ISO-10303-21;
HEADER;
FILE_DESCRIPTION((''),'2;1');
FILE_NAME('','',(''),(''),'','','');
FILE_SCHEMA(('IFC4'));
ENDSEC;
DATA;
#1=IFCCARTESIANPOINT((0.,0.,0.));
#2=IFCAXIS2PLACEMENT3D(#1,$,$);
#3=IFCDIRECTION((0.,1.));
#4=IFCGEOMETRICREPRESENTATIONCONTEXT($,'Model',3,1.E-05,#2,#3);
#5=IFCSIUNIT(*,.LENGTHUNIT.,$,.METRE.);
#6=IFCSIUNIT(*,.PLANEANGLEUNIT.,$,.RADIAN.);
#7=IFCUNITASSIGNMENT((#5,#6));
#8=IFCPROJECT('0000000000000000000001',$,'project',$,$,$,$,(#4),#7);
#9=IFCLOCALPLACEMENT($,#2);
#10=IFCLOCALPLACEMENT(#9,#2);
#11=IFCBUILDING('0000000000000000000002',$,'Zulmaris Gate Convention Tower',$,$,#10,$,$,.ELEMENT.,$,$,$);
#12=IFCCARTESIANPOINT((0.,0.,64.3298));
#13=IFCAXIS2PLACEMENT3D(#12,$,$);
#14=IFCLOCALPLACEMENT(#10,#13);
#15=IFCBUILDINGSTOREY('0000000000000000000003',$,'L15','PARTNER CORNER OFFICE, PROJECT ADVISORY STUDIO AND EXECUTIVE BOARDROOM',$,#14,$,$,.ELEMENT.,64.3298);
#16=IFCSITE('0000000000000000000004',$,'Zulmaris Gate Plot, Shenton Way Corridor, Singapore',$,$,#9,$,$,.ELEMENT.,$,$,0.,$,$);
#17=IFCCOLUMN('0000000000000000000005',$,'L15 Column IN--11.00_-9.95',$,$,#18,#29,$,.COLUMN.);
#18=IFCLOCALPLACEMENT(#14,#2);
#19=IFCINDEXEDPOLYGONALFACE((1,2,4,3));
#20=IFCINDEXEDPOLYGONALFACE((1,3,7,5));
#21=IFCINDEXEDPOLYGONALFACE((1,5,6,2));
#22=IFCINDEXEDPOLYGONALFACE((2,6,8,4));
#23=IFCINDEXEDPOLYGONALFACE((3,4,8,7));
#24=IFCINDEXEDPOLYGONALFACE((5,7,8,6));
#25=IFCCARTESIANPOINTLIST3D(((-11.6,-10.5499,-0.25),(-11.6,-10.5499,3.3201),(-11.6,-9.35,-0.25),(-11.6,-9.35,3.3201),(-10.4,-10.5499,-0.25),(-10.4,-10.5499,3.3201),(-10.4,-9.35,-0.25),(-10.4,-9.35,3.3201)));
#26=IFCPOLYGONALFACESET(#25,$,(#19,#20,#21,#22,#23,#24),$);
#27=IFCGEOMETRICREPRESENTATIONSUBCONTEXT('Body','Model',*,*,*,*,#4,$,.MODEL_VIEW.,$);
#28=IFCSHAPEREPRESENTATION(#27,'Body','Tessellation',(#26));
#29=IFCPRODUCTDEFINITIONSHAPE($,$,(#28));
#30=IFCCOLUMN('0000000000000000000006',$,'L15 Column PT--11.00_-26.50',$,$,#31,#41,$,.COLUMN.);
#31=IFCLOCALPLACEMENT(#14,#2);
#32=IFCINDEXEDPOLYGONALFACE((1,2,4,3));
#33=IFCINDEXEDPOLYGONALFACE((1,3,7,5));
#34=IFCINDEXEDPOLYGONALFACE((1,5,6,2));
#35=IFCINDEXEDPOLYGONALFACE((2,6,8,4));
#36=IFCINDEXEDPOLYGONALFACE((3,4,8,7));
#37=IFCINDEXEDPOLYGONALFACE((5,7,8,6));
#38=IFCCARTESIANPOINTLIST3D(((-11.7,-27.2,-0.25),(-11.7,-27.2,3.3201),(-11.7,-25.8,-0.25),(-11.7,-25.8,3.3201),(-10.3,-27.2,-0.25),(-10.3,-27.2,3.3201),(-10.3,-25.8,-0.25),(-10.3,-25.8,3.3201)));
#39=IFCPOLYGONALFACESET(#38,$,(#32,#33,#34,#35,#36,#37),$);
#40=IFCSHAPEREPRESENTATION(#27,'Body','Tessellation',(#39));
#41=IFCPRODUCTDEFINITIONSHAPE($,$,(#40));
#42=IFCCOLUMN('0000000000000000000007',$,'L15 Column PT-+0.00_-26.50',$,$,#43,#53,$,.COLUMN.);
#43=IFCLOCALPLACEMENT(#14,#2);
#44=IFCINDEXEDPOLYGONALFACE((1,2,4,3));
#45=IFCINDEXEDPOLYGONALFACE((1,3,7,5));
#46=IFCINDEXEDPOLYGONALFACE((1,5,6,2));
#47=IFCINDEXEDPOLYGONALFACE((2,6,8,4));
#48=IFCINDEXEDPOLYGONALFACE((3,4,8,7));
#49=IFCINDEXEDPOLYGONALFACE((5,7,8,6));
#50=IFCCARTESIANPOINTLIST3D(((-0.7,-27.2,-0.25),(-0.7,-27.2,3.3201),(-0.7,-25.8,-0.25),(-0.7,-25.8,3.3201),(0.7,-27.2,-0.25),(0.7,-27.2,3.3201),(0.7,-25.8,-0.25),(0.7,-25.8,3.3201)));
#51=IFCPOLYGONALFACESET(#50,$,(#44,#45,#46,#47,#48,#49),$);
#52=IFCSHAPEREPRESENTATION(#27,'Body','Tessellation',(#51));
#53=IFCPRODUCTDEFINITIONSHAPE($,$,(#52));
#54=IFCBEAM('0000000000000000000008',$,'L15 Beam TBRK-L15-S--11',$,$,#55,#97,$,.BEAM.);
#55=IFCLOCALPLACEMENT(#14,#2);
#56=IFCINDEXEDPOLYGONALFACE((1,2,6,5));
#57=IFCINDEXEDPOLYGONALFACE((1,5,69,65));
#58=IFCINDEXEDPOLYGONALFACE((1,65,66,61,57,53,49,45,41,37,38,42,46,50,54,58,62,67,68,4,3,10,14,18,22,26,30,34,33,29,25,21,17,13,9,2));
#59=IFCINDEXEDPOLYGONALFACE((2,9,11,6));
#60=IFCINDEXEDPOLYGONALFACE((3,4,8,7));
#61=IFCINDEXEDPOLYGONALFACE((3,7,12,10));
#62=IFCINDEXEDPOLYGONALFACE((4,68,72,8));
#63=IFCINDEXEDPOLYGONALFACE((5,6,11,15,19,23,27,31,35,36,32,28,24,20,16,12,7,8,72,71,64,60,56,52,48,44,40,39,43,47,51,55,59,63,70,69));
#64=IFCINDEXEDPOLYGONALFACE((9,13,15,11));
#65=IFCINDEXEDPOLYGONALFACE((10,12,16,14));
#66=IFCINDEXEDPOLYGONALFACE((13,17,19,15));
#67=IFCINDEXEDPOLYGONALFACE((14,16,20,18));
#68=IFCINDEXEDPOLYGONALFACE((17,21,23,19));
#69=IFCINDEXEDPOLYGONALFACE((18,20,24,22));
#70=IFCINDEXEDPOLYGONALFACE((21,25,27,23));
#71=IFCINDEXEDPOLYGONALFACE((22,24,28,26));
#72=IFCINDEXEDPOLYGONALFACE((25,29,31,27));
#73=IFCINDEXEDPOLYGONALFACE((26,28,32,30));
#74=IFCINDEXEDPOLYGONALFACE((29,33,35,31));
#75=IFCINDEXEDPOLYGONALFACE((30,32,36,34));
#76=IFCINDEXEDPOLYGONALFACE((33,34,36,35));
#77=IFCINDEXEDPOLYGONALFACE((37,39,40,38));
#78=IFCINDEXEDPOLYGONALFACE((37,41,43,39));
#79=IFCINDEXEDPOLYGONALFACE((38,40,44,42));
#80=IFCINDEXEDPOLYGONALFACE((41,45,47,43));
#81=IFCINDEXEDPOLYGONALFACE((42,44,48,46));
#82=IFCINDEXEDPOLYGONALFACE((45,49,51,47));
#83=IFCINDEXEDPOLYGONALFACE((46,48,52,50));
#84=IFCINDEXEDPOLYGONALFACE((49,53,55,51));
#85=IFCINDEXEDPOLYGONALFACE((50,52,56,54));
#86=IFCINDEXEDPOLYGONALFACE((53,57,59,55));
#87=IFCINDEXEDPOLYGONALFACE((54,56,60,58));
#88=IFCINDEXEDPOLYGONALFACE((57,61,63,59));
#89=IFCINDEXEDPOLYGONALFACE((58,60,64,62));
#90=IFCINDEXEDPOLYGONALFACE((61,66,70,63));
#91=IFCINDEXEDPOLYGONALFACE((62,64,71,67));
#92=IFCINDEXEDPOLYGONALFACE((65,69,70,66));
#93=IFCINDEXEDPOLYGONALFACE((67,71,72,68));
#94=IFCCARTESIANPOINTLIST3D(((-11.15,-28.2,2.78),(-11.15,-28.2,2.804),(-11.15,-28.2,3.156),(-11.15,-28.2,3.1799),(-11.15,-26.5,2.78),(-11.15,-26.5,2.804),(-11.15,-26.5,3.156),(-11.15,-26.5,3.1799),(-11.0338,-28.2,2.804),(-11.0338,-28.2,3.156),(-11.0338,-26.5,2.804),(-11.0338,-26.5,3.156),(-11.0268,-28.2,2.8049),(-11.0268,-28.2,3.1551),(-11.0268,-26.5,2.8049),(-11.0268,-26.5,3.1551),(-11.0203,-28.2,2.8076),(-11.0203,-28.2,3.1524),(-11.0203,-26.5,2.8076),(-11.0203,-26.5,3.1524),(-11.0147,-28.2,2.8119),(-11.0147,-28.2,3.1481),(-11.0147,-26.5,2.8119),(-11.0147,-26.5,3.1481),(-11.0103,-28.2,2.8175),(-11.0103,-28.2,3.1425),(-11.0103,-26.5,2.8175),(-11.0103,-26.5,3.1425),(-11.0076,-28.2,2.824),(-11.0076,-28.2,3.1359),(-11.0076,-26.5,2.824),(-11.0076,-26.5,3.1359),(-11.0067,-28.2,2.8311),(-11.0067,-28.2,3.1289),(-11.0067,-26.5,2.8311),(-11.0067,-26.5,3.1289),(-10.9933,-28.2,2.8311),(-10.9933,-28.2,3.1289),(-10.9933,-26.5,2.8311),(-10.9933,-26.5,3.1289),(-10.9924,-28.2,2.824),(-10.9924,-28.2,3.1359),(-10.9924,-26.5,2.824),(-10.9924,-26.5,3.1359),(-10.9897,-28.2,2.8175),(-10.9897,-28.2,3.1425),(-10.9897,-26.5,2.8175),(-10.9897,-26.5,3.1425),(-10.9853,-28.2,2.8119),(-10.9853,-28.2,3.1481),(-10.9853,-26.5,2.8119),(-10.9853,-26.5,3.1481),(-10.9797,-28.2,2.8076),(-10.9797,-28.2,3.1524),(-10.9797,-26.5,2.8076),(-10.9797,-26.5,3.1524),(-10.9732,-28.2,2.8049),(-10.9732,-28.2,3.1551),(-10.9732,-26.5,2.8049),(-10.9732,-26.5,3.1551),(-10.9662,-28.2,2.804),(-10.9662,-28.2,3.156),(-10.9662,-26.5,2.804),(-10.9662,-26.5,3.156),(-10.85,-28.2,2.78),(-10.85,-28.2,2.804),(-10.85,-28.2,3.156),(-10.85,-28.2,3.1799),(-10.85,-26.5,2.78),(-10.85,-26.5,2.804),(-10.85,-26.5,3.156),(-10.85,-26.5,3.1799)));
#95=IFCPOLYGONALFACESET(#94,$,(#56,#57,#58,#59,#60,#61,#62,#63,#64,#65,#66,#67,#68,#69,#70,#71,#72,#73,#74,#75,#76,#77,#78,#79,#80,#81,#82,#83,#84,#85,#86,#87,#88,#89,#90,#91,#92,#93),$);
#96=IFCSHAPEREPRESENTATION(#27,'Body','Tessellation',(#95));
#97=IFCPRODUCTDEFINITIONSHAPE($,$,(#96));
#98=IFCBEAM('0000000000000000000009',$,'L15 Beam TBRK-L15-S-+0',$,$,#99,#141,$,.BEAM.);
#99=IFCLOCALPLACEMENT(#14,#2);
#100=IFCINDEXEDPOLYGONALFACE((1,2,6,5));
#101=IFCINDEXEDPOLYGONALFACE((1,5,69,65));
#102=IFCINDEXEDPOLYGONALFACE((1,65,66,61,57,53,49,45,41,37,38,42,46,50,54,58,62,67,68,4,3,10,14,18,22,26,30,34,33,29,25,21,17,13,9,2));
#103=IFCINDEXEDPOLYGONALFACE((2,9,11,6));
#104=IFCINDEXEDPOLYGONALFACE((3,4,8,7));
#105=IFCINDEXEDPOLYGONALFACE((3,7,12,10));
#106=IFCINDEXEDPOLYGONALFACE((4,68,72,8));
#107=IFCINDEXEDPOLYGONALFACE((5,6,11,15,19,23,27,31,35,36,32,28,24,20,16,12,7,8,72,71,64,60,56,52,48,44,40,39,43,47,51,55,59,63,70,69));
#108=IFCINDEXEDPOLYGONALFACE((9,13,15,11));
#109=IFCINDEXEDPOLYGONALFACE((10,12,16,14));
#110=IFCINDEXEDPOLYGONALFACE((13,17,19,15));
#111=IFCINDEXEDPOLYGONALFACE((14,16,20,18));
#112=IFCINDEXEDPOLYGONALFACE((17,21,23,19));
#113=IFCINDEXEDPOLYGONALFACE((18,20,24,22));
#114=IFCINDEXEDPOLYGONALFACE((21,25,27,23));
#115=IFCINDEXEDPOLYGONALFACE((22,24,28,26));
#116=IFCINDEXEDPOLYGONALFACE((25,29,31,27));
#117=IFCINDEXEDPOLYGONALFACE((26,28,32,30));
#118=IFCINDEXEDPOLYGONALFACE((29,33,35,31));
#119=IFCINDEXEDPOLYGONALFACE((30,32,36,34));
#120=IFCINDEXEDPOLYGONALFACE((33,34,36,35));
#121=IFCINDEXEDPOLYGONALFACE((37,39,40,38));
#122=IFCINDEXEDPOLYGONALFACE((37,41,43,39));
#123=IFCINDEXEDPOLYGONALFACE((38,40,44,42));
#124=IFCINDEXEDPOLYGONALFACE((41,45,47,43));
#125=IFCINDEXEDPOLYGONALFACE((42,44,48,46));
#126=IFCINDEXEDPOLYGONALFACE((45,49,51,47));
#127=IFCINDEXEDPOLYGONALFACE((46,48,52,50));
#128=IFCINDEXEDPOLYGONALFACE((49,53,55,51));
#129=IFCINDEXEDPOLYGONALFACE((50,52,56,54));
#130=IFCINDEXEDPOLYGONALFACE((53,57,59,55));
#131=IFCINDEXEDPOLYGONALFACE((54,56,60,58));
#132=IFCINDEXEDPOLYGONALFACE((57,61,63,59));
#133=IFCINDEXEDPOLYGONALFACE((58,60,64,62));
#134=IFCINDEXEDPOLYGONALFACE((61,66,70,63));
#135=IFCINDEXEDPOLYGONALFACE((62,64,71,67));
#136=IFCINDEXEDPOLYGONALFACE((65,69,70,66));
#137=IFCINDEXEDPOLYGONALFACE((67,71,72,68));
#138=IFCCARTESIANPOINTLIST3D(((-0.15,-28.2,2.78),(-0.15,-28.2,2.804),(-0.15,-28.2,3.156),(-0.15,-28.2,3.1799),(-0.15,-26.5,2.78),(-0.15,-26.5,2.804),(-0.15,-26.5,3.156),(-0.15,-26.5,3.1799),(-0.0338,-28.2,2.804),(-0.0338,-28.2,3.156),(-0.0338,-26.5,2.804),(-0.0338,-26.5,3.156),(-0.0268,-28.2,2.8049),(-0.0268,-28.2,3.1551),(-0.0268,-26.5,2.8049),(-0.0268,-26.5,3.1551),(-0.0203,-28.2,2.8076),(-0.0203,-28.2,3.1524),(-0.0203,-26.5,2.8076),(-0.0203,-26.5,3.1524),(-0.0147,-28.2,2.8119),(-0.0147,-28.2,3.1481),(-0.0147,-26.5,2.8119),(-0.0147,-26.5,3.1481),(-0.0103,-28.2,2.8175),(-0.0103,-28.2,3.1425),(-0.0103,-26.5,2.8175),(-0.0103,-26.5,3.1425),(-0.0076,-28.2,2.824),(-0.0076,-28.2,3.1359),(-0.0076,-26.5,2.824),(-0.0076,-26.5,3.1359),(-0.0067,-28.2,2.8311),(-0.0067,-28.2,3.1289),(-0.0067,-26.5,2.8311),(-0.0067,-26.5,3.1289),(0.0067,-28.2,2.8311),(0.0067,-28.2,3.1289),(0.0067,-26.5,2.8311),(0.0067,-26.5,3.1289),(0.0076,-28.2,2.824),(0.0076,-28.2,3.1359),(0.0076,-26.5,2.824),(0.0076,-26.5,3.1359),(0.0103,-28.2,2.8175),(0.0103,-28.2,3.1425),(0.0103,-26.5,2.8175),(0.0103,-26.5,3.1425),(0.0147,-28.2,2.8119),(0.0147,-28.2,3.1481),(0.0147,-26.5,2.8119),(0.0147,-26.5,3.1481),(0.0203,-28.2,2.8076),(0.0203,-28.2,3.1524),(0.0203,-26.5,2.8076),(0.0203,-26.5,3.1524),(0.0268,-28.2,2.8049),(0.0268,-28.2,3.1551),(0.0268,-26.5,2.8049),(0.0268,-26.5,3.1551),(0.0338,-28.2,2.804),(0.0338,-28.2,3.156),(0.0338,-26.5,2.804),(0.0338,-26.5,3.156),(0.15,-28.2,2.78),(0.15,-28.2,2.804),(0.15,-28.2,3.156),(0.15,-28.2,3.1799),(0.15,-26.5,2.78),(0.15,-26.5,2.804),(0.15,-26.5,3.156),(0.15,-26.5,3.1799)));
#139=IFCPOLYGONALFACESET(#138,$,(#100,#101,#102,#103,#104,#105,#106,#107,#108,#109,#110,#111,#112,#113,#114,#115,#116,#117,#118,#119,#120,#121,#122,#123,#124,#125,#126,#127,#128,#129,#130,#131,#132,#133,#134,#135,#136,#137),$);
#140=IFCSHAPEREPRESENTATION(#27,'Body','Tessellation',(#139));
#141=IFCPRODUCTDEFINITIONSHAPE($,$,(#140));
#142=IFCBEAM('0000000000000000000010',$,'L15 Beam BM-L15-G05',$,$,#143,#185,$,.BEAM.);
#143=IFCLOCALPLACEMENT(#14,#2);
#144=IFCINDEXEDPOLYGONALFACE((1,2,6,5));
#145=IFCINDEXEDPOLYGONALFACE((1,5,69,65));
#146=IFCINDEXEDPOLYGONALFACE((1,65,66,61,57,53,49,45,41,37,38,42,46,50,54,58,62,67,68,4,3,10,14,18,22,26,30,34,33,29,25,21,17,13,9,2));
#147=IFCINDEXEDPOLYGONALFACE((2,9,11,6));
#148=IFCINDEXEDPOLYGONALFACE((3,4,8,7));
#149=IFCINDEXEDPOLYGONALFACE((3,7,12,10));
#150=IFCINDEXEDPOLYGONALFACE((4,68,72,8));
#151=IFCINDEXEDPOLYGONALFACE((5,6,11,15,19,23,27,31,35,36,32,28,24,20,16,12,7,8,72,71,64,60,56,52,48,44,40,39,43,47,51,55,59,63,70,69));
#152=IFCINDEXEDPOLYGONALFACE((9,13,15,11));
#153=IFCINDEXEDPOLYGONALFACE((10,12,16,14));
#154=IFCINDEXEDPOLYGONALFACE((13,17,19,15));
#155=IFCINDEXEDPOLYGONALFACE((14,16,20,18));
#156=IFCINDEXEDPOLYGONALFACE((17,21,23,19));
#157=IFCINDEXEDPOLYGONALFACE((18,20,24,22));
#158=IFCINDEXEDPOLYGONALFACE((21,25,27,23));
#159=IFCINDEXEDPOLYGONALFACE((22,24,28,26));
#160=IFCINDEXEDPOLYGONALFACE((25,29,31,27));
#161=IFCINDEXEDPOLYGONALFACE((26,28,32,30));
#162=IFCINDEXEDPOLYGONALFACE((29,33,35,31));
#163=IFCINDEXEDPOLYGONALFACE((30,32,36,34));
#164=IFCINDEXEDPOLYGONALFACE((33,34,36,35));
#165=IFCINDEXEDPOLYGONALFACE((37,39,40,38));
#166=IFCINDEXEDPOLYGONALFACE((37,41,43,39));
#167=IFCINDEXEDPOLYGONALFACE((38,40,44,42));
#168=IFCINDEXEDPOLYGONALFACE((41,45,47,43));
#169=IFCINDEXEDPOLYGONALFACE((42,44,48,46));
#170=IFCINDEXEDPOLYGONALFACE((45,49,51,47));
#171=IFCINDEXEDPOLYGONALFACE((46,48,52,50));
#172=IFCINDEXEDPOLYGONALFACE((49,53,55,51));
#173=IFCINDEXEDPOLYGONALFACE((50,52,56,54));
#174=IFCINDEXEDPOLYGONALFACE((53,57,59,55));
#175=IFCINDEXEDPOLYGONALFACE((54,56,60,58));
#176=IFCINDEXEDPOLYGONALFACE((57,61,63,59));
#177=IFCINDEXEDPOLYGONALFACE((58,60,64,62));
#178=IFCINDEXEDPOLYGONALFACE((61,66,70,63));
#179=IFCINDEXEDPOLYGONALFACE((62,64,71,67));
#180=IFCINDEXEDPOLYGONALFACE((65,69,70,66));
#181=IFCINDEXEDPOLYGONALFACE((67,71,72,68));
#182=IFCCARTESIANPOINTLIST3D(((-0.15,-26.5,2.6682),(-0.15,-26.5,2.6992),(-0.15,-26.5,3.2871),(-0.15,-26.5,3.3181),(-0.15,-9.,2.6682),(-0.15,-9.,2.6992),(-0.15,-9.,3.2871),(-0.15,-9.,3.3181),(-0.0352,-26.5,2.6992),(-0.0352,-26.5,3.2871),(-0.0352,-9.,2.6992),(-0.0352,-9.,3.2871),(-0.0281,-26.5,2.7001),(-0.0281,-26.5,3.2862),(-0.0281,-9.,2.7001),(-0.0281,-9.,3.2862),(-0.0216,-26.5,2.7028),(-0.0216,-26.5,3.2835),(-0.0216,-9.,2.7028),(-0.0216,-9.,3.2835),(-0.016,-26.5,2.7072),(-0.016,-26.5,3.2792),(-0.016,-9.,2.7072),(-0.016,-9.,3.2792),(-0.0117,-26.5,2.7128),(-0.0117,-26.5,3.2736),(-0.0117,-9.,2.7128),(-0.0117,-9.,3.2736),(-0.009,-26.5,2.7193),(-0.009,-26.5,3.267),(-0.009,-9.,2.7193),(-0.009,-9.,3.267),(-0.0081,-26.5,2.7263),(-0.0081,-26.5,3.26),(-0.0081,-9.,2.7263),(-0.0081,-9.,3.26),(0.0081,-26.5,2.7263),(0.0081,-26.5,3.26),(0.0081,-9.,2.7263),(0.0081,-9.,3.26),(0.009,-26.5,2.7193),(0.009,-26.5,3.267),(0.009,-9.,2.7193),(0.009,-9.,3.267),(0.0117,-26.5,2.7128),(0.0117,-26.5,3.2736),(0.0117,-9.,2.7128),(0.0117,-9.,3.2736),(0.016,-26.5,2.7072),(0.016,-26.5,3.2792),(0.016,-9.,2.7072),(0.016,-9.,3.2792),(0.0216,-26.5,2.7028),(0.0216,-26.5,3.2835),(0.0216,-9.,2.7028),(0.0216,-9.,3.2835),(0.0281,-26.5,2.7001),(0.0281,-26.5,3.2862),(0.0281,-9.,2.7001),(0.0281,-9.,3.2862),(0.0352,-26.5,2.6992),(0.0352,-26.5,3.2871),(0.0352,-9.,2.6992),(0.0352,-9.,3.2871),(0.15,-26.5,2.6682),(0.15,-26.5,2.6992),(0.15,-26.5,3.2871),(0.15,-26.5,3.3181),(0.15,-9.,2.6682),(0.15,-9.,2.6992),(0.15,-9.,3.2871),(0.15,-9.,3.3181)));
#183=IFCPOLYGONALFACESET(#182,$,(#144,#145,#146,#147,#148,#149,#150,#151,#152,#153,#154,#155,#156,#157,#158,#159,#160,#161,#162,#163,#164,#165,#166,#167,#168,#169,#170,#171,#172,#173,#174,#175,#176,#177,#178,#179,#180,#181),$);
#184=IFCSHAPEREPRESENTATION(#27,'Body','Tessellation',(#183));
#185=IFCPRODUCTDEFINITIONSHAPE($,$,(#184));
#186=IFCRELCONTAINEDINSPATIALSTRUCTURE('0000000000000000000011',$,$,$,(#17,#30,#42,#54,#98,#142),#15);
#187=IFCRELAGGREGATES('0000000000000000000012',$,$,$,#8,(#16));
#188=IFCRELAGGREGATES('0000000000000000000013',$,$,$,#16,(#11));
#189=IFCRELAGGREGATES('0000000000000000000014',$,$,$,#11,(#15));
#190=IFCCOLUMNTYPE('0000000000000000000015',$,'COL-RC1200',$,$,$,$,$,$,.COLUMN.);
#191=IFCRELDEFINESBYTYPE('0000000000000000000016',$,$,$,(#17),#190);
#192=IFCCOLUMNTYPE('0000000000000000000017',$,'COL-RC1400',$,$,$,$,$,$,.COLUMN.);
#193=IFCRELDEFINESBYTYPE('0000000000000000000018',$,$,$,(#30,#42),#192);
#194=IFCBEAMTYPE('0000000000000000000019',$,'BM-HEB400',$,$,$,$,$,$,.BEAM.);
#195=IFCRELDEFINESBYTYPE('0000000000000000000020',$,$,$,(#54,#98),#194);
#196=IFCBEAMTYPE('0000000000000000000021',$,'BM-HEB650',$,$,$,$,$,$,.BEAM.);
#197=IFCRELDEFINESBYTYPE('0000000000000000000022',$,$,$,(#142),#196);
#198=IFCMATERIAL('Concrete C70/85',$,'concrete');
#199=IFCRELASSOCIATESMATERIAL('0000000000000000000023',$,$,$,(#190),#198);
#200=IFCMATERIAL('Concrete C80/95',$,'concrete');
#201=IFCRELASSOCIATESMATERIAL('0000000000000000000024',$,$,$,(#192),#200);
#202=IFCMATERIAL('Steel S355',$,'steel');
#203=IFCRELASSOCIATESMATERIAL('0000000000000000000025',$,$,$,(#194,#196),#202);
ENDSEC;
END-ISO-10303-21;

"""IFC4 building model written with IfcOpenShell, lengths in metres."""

from ifc_helpers import new_model, si_unit, direction, frame, origin, origin_2d, place, context, subcontext, project, spatial, rectangle, i_section, extrude, material, material_profile, profile_set, type_object, element, save


model = new_model("IFC4")

# Units and contexts
model_context = context("Model", 3, precision=1e-05, world=origin(), true_north=direction((0.0, 1.0)))
body_context = subcontext(model_context, "Body", "Model", "MODEL_VIEW")
ifc_project = project(units=[si_unit("LENGTHUNIT", "METRE"), si_unit("PLANEANGLEUNIT", "RADIAN")], contexts=[model_context])

# Site, building, storey
site_placement = place(None, origin())
site = spatial("IfcSite", under=ifc_project, at=site_placement, Name="Zulmaris Gate Plot, Shenton Way Corridor, Singapore", CompositionType="ELEMENT", RefElevation=0.0)
building_placement = place(site_placement, origin())
building = spatial("IfcBuilding", under=site, at=building_placement, Name="Zulmaris Gate Convention Tower", CompositionType="ELEMENT")
storey_placement = place(building_placement, frame((0.0, 0.0, 64.3298)))
storey = spatial("IfcBuildingStorey", under=building, at=storey_placement, Name="L15", Description="PARTNER CORNER OFFICE, PROJECT ADVISORY STUDIO AND EXECUTIVE BOARDROOM", CompositionType="ELEMENT", Elevation=64.3298)

# Columns
ifc_material_1 = material(Name="Concrete C70/85", Category="concrete")
ifc_material_profile_1 = material_profile(ifc_material_1, rectangle(XDim=1.2, YDim=1.2, at=origin_2d()), Name="RC COL 1200x1200")
ifc_profile_set_1 = profile_set([ifc_material_profile_1], Name="Concrete C70/85")
column_type_1 = type_object("IfcColumnType", Name="COL-RC1200", PredefinedType="COLUMN", material=ifc_profile_set_1)
column_placement = place(storey_placement, frame((-11.0, -9.95, -0.25), z_axis=(0.0, 0.0, 1.0), x_axis=(1.0, 0.0, 0.0)))
element("IfcColumn", 1, at=column_placement, inside=storey, type_object=column_type_1, Name="L15 Column IN--11.00_-9.95", PredefinedType="COLUMN", context=body_context, shape_type="SweptSolid", body=[
    extrude(rectangle(XDim=1.2, YDim=1.2, at=origin_2d()), origin(), (0.0, 0.0, 1.0), 3.5701),
])
ifc_material_2 = material(Name="Concrete C80/95", Category="concrete")
ifc_material_profile_2 = material_profile(ifc_material_2, rectangle(XDim=1.3999, YDim=1.3999, at=origin_2d()), Name="RC COL 1400x1400")
ifc_profile_set_2 = profile_set([ifc_material_profile_2], Name="Concrete C80/95")
column_type_2 = type_object("IfcColumnType", Name="COL-RC1400", PredefinedType="COLUMN", material=ifc_profile_set_2)
for number, where, z_axis, x_axis, name in (
    (2, (-11.0, -26.5, -0.25), (0.0, 0.0, 1.0), (1.0, 0.0, 0.0), "L15 Column PT--11.00_-26.50"),
    (3, (0.0, -26.5, -0.25), (0.0, 0.0, 1.0), (1.0, 0.0, 0.0), "L15 Column PT-+0.00_-26.50"),
):
    element("IfcColumn", number, at=place(storey_placement, frame(where, z_axis=z_axis, x_axis=x_axis)), inside=storey, type_object=column_type_2, Name=name, PredefinedType="COLUMN", context=body_context, shape_type="SweptSolid", body=[
        extrude(rectangle(XDim=1.3999, YDim=1.3999, at=origin_2d()), origin(), (0.0, 0.0, 1.0), 3.5701),
    ])

# Beams
ifc_material_3 = material(Name="Steel S355", Category="steel")
ifc_material_profile_3 = material_profile(ifc_material_3, i_section(OverallWidth=0.3, OverallDepth=0.3999, WebThickness=0.0134, FlangeThickness=0.0239, FilletRadius=0.0271, at=origin_2d()), Name="HEB 400")
ifc_profile_set_3 = profile_set([ifc_material_profile_3], Name="Steel S355")
beam_type_1 = type_object("IfcBeamType", Name="BM-HEB400", PredefinedType="BEAM", material=ifc_profile_set_3)
for number, where, z_axis, x_axis, name in (
    (4, (-11.0, -28.2, 2.98), (0.0, 1.0, 0.0), (-1.0, 0.0, 0.0), "L15 Beam TBRK-L15-S--11"),
    (5, (0.0, -28.2, 2.98), (0.0, 1.0, 0.0), (-1.0, 0.0, 0.0), "L15 Beam TBRK-L15-S-+0"),
):
    element("IfcBeam", number, at=place(storey_placement, frame(where, z_axis=z_axis, x_axis=x_axis)), inside=storey, type_object=beam_type_1, Name=name, PredefinedType="BEAM", context=body_context, shape_type="SweptSolid", body=[
        extrude(i_section(OverallWidth=0.3, OverallDepth=0.3999, WebThickness=0.0134, FlangeThickness=0.0239, FilletRadius=0.0271, at=origin_2d()), origin(), (0.0, 0.0, 1.0), 1.7),
    ])
ifc_material_profile_4 = material_profile(ifc_material_3, i_section(OverallWidth=0.3, OverallDepth=0.6499, WebThickness=0.0161, FlangeThickness=0.031, FilletRadius=0.0271, at=origin_2d()), Name="HEB 650")
ifc_profile_set_4 = profile_set([ifc_material_profile_4], Name="Steel S355")
beam_type_2 = type_object("IfcBeamType", Name="BM-HEB650", PredefinedType="BEAM", material=ifc_profile_set_4)
beam_1_placement = place(storey_placement, frame((0.0, -26.5, 2.9932), z_axis=(0.0, 1.0, 0.0), x_axis=(-1.0, 0.0, 0.0)))
element("IfcBeam", 6, at=beam_1_placement, inside=storey, type_object=beam_type_2, Name="L15 Beam BM-L15-G05", PredefinedType="BEAM", context=body_context, shape_type="SweptSolid", body=[
    extrude(i_section(OverallWidth=0.3, OverallDepth=0.6499, WebThickness=0.0161, FlangeThickness=0.031, FilletRadius=0.0271, at=origin_2d()), origin(), (0.0, 0.0, 1.0), 17.5),
])

save(model, "model.ifc")
